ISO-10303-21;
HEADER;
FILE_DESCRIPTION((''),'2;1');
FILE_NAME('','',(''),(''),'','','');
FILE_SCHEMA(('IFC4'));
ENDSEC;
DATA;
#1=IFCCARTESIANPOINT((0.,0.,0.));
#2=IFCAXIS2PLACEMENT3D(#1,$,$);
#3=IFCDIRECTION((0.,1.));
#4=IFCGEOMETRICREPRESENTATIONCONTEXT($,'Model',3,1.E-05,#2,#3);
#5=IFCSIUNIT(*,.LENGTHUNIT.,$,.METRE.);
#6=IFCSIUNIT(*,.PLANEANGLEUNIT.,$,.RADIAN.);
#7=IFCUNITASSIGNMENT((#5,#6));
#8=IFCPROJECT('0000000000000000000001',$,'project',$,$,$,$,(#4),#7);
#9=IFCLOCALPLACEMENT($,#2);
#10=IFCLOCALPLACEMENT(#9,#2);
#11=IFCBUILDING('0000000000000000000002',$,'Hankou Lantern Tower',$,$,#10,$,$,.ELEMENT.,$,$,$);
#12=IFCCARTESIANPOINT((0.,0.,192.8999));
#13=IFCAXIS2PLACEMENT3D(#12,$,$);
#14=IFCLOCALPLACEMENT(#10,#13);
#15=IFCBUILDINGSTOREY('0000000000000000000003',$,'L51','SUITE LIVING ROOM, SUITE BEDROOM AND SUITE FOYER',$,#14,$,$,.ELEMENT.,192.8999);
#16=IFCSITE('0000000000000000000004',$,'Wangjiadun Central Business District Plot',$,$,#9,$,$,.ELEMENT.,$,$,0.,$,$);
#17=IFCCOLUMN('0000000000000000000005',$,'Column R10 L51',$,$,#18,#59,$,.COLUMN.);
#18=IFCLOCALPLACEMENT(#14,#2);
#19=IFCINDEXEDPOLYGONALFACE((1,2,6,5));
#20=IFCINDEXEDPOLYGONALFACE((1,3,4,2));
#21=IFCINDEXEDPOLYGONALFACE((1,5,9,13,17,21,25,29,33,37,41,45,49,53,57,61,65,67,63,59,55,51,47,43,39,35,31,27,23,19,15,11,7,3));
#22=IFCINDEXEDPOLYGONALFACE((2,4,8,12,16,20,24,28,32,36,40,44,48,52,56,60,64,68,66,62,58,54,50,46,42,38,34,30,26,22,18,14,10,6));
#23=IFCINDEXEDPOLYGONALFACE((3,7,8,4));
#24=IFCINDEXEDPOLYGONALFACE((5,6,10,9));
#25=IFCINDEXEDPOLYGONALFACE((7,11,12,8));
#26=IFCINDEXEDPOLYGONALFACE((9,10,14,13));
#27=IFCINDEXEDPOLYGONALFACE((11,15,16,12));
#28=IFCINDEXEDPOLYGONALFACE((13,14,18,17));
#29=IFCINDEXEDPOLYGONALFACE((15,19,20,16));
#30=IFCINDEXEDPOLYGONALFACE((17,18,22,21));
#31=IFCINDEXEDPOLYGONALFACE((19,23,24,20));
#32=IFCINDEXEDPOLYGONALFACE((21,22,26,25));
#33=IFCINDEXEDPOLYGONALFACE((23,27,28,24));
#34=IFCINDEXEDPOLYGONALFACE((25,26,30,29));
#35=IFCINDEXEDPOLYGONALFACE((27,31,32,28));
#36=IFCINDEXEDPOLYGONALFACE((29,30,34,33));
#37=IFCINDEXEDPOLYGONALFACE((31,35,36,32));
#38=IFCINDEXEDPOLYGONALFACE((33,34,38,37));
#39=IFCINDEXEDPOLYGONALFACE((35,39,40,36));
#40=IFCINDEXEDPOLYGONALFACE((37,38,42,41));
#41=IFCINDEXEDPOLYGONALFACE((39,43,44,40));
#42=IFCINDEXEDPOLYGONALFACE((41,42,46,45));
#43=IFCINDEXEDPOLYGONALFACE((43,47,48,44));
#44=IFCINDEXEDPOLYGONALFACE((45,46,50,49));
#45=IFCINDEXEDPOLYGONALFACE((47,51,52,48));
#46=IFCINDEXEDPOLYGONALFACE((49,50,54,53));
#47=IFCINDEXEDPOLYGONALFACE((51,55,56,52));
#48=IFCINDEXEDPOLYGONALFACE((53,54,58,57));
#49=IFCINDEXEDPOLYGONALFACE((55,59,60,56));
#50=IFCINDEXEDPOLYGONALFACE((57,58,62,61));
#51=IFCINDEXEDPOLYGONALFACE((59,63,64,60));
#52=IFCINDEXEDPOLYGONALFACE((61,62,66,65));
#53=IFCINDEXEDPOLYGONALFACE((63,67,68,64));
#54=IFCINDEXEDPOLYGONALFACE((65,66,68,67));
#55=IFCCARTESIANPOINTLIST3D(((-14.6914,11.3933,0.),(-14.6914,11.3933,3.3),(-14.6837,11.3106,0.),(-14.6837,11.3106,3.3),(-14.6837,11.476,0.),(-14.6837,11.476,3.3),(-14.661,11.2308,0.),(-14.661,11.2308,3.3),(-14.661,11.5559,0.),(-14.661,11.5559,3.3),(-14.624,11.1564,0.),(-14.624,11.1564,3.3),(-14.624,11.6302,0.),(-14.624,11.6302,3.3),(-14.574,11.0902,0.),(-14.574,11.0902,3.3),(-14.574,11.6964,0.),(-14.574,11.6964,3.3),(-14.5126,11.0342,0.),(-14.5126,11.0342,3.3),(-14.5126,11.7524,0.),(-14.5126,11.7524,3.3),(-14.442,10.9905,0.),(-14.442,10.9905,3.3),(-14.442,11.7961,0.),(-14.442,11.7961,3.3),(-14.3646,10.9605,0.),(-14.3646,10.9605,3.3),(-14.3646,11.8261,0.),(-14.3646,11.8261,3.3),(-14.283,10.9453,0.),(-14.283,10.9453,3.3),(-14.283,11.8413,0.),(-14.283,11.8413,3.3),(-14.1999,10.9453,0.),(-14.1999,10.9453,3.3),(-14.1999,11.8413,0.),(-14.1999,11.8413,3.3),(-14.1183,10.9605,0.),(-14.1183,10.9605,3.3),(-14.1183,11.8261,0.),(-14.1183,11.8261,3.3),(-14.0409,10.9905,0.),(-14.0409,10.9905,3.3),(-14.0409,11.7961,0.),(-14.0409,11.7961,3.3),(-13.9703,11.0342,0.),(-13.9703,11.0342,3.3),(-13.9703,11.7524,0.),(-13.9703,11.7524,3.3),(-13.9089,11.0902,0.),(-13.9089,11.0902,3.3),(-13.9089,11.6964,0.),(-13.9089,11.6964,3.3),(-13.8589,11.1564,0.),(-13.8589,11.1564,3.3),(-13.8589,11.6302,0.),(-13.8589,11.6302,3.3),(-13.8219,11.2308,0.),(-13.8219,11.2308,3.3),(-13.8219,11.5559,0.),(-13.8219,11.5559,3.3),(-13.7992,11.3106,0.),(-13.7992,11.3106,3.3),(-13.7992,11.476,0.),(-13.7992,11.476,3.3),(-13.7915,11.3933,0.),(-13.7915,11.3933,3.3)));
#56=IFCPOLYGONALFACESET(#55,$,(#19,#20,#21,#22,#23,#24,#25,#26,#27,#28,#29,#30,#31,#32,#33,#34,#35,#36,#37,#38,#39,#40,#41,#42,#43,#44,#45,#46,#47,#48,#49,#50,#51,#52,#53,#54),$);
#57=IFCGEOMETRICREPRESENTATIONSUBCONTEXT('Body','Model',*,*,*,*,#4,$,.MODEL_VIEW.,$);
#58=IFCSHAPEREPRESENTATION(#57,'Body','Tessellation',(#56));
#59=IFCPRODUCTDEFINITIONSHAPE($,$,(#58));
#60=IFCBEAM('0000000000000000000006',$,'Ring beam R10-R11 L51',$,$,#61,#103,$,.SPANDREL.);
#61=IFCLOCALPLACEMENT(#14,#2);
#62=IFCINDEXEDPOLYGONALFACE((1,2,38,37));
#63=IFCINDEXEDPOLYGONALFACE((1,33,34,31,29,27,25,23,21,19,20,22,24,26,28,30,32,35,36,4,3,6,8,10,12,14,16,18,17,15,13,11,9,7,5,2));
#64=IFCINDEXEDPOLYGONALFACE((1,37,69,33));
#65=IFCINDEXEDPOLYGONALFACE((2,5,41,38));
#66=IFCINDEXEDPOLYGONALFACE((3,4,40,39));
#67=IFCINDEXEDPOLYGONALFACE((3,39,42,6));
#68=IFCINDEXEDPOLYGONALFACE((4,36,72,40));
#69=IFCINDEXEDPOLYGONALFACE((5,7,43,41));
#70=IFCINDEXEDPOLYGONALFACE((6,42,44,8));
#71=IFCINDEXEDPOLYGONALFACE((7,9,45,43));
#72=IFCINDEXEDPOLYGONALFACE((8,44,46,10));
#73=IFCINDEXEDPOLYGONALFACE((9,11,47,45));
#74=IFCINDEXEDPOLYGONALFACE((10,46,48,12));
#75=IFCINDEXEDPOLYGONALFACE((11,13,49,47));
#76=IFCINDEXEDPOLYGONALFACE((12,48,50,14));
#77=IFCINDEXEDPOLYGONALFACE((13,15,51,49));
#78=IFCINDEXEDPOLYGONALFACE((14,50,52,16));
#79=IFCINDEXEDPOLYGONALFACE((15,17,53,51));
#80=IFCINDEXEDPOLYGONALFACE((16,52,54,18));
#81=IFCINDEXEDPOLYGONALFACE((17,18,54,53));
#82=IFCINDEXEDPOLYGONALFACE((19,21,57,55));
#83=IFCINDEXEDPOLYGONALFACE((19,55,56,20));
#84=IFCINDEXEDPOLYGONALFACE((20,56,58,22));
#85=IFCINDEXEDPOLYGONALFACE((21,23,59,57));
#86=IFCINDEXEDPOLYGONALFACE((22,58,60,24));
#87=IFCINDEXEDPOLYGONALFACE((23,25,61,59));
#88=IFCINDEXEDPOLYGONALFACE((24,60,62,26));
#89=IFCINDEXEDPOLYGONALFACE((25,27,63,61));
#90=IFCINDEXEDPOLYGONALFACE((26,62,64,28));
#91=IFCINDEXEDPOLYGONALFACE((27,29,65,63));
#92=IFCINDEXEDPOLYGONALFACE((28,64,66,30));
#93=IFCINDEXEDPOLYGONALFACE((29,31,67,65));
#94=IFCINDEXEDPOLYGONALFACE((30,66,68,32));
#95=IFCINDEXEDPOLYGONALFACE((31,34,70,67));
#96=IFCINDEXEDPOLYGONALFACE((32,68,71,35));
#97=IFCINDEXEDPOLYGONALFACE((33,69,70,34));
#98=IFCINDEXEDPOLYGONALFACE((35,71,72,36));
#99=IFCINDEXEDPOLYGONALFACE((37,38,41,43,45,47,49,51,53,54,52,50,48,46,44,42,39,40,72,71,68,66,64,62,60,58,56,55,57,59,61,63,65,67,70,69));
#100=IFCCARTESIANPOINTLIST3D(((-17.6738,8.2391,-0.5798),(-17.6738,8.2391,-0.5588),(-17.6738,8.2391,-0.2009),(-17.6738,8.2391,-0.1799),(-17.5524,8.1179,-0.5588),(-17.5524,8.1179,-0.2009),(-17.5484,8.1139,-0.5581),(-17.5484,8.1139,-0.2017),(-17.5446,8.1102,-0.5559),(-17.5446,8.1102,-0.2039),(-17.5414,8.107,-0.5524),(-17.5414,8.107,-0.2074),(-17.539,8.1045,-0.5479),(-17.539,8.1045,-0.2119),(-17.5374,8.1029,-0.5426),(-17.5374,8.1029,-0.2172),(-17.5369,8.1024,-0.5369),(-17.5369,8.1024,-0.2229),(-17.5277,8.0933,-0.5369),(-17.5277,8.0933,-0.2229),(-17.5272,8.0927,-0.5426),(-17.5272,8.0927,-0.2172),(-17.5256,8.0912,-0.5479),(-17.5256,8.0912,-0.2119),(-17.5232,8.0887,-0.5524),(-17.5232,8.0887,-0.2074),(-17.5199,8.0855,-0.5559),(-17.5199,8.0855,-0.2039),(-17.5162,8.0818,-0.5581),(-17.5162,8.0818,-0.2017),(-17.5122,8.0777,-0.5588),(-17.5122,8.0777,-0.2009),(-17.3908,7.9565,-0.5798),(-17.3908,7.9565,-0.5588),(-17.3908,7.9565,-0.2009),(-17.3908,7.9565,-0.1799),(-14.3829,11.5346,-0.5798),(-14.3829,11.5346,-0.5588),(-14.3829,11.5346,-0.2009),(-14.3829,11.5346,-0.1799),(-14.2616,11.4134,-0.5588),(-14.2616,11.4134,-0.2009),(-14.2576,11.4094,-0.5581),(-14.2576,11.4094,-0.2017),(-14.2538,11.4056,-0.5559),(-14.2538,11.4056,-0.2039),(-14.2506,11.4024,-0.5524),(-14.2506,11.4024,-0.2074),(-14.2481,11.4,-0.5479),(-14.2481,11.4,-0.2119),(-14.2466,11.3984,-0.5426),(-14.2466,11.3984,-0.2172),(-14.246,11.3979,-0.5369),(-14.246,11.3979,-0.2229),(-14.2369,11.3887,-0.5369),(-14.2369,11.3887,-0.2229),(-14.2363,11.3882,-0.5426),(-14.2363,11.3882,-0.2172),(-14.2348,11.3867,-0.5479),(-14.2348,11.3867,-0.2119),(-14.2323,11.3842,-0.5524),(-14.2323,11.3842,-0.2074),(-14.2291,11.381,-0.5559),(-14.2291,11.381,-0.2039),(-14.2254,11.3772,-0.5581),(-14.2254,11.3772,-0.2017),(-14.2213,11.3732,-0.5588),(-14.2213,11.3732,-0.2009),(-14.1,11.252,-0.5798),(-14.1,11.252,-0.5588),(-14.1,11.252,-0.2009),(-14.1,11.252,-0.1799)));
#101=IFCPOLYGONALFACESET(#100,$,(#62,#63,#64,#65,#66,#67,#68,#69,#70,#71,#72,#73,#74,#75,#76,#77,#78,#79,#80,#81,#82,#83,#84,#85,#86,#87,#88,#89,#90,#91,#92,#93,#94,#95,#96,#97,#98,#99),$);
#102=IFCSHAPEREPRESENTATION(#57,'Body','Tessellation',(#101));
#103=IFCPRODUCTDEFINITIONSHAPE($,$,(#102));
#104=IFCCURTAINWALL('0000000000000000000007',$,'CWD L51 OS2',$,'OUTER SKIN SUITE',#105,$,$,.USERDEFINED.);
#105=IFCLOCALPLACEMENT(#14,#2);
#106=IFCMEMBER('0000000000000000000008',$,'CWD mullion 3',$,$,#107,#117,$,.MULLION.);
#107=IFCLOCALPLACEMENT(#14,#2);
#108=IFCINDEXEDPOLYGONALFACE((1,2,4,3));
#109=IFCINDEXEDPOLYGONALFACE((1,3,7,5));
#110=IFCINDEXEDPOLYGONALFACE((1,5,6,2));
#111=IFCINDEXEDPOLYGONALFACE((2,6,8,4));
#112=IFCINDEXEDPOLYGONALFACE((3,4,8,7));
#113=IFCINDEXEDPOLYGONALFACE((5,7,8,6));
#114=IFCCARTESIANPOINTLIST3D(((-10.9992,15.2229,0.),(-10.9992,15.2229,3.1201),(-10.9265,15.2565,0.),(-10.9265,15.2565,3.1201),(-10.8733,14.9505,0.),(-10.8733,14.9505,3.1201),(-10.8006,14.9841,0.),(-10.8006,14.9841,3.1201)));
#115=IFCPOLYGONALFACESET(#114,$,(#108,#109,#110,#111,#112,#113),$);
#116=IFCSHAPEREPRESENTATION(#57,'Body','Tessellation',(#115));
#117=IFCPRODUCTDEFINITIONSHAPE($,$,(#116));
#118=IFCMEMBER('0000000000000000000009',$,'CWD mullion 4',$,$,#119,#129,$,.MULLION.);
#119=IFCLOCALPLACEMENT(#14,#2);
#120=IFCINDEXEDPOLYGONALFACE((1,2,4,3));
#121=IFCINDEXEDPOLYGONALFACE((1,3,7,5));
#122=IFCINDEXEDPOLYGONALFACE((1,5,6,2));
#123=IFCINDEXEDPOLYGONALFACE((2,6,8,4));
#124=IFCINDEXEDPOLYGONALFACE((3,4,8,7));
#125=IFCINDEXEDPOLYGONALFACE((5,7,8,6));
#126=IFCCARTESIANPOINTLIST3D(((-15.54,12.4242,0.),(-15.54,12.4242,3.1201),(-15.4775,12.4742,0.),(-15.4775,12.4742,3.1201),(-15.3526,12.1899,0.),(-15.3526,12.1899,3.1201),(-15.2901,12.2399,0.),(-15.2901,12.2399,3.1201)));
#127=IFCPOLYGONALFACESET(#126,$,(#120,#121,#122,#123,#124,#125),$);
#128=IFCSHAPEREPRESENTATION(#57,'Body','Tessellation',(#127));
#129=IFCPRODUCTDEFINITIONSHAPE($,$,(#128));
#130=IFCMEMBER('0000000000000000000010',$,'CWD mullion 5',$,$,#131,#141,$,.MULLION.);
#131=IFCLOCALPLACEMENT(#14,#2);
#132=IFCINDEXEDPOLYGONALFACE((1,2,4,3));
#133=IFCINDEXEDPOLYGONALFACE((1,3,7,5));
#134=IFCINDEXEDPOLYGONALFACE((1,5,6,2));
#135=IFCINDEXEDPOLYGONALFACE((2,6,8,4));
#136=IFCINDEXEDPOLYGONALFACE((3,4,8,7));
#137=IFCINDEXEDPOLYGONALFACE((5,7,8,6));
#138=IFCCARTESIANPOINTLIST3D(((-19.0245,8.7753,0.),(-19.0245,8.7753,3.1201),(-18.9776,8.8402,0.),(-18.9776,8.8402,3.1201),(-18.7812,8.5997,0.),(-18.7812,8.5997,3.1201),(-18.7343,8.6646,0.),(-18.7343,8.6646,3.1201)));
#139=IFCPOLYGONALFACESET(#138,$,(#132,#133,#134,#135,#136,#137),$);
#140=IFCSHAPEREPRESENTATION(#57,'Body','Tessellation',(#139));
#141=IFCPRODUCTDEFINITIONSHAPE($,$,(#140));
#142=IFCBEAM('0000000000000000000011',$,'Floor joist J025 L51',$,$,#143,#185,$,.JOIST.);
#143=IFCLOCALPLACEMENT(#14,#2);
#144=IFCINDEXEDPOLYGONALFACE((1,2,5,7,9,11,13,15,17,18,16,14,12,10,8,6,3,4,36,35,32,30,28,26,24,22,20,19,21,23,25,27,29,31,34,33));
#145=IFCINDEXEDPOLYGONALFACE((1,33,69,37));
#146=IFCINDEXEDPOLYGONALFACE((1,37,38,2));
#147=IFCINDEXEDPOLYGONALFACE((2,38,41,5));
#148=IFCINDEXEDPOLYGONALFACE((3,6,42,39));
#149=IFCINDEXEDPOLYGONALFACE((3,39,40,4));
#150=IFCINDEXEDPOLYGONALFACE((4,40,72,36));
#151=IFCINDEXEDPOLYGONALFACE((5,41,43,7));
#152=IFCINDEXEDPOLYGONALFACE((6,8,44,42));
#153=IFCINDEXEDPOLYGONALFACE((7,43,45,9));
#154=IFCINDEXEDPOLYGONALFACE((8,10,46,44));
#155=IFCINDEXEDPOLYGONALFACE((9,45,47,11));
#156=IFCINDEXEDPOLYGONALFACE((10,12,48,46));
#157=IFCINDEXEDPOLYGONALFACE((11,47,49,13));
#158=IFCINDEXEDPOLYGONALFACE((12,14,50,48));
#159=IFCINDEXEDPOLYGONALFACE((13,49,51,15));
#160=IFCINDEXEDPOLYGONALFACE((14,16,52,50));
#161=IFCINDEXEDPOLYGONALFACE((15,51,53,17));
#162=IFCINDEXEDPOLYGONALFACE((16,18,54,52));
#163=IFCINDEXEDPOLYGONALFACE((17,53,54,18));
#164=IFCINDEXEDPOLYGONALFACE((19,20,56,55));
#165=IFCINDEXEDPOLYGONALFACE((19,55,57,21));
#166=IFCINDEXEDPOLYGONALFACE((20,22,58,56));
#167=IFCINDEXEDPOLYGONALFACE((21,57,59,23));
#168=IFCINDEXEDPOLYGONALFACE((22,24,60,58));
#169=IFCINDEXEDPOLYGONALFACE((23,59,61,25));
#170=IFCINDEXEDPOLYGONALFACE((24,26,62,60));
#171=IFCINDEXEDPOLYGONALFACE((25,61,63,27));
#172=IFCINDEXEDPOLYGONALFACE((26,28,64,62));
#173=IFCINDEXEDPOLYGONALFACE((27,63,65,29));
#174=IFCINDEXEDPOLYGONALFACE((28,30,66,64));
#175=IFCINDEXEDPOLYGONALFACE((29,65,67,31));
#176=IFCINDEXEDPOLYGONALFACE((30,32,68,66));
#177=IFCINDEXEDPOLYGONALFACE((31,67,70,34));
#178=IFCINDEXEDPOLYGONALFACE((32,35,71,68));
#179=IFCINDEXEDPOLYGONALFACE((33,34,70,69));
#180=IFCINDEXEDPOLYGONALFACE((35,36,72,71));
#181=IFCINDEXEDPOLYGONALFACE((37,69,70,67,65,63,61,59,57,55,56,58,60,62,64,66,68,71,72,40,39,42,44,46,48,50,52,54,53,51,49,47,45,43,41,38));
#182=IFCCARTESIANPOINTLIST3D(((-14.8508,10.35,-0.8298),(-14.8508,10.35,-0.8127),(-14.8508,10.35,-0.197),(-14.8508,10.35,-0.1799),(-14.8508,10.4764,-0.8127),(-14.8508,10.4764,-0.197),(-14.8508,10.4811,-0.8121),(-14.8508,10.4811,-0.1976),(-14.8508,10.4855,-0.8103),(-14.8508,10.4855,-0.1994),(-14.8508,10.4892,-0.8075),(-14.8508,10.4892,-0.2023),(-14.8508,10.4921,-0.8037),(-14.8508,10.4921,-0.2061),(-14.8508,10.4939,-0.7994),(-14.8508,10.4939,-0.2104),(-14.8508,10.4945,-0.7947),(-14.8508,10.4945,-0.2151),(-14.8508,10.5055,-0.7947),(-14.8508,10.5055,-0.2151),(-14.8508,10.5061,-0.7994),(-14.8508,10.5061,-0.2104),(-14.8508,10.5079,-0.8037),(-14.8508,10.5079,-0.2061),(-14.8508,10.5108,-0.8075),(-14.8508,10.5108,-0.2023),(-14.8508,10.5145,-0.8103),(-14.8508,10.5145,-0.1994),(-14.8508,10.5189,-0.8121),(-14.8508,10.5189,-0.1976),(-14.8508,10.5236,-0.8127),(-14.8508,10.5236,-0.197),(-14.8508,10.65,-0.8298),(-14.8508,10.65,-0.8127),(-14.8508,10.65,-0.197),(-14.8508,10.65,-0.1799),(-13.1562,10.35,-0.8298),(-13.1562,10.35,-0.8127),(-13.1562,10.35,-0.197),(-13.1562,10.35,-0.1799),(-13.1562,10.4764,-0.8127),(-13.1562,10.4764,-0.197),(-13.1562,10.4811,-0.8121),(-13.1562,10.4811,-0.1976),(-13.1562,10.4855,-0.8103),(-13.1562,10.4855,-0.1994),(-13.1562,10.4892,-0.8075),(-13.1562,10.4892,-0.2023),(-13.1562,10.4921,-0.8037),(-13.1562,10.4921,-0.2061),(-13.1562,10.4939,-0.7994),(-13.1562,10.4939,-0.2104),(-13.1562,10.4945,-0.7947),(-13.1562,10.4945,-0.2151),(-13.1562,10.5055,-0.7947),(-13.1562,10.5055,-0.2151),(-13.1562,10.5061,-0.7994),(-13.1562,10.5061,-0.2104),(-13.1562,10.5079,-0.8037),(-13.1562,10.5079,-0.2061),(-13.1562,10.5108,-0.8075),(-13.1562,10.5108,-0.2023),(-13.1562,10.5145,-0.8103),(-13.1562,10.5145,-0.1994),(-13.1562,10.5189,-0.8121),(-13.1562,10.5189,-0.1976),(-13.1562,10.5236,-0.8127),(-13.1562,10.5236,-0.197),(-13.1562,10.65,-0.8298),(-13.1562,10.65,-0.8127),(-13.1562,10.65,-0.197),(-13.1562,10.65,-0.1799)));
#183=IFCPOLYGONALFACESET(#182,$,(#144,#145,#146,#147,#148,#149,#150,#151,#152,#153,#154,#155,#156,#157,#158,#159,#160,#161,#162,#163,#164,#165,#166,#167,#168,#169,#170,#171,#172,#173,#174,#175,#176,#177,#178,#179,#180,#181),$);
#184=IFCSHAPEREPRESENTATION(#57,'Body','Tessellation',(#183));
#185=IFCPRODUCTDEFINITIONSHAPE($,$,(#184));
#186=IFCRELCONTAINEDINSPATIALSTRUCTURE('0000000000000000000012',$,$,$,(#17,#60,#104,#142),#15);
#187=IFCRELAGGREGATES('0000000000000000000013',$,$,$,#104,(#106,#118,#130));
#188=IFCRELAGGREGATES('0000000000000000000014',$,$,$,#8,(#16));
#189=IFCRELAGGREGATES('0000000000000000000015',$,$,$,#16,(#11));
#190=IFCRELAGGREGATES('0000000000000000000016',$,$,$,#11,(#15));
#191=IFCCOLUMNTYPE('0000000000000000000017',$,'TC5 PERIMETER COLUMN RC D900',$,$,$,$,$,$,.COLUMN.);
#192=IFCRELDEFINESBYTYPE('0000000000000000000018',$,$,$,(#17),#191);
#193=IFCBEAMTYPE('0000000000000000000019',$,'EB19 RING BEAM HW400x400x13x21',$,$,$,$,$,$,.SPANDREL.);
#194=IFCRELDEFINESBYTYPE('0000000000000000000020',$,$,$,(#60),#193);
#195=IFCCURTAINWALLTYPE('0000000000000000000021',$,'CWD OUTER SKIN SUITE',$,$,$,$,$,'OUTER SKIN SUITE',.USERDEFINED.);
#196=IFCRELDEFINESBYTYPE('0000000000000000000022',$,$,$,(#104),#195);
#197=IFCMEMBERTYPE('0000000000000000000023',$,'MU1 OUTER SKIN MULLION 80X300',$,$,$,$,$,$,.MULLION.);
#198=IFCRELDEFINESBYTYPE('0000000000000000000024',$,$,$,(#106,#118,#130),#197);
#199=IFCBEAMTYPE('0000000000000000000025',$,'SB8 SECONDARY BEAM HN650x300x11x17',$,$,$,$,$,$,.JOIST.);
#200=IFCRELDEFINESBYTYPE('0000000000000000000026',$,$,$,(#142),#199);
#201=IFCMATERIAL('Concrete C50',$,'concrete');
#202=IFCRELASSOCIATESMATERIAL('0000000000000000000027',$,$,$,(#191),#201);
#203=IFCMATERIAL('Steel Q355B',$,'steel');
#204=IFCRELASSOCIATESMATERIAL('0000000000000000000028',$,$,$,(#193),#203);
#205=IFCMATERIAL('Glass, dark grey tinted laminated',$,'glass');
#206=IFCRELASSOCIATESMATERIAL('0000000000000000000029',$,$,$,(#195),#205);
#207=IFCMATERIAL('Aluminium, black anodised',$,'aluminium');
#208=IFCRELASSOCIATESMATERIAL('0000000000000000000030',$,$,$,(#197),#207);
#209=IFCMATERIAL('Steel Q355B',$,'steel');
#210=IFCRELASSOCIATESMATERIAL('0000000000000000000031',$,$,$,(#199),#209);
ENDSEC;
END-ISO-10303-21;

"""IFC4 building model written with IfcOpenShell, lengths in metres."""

from ifc_helpers import new_model, si_unit, direction, frame, origin, origin_2d, place, context, subcontext, project, spatial, rectangle, circle, i_section, extrude, material, material_profile, profile_set, type_object, element, aggregate, save


model = new_model("IFC4")

# Units and contexts
model_context = context("Model", 3, precision=1e-05, world=origin(), true_north=direction((0.0, 1.0)))
body_context = subcontext(model_context, "Body", "Model", "MODEL_VIEW")
ifc_project = project(units=[si_unit("LENGTHUNIT", "METRE"), si_unit("PLANEANGLEUNIT", "RADIAN")], contexts=[model_context])

# Site, building, storey
site_placement = place(None, origin())
site = spatial("IfcSite", under=ifc_project, at=site_placement, Name="Wangjiadun Central Business District Plot", CompositionType="ELEMENT", RefElevation=0.0)
building_placement = place(site_placement, origin())
building = spatial("IfcBuilding", under=site, at=building_placement, Name="Hankou Lantern Tower", CompositionType="ELEMENT")
storey_placement = place(building_placement, frame((0.0, 0.0, 192.8999)))
storey = spatial("IfcBuildingStorey", under=building, at=storey_placement, Name="L51", Description="SUITE LIVING ROOM, SUITE BEDROOM AND SUITE FOYER", CompositionType="ELEMENT", Elevation=192.8999)

# Column
ifc_material_1 = material(Name="Concrete C50", Category="concrete")
ifc_material_profile_1 = material_profile(ifc_material_1, circle(Radius=0.45, at=origin_2d()), Name="RC D900")
ifc_profile_set_1 = profile_set([ifc_material_profile_1], Name="Concrete C50")
column_type = type_object("IfcColumnType", Name="TC5 PERIMETER COLUMN RC D900", PredefinedType="COLUMN", material=ifc_profile_set_1)
column_placement = place(storey_placement, frame((-14.2415, 11.3933, 0.0), z_axis=(0.0, 0.0, 1.0), x_axis=(1.0, 0.0, 0.0)))
element("IfcColumn", 1, at=column_placement, inside=storey, type_object=column_type, Name="Column R10 L51", PredefinedType="COLUMN", context=body_context, shape_type="SweptSolid", body=[
    extrude(circle(Radius=0.45, at=origin_2d()), origin(), (0.0, 0.0, 1.0), 3.3),
])

# Beam
ifc_material_2 = material(Name="Steel Q355B", Category="steel")
ifc_material_profile_2 = material_profile(ifc_material_2, i_section(OverallWidth=0.3999, OverallDepth=0.3999, WebThickness=0.0129, FlangeThickness=0.021, FilletRadius=0.022, at=origin_2d()), Name="HW400x400x13x21")
ifc_profile_set_2 = profile_set([ifc_material_profile_2], Name="Steel Q355B")
beam_type_1 = type_object("IfcBeamType", Name="EB19 RING BEAM HW400x400x13x21", PredefinedType="SPANDREL", material=ifc_profile_set_2)
beam_1_placement = place(storey_placement, frame((-14.2415, 11.3933, -0.3799), z_axis=(-0.706609, -0.707605, 0.0), x_axis=(0.707605, -0.706609, 0.0)))
element("IfcBeam", 2, at=beam_1_placement, inside=storey, type_object=beam_type_1, Name="Ring beam R10-R11 L51", PredefinedType="SPANDREL", context=body_context, shape_type="SweptSolid", body=[
    extrude(i_section(OverallWidth=0.3999, OverallDepth=0.3999, WebThickness=0.0129, FlangeThickness=0.021, FilletRadius=0.022, at=origin_2d()), origin(), (0.0, 0.0, 1.0), 4.6572),
])

# Curtain wall, members
ifc_material_3 = material(Name="Glass, dark grey tinted laminated", Category="glass")
curtain_wall_type = type_object("IfcCurtainWallType", Name="CWD OUTER SKIN SUITE", ElementType="OUTER SKIN SUITE", PredefinedType="USERDEFINED", material=ifc_material_3)
curtain_wall_placement = place(storey_placement, origin())
curtain_wall = element("IfcCurtainWall", 3, at=curtain_wall_placement, inside=storey, type_object=curtain_wall_type, Name="CWD L51 OS2", ObjectType="OUTER SKIN SUITE", PredefinedType="USERDEFINED")
ifc_material_4 = material(Name="Aluminium, black anodised", Category="aluminium")
ifc_material_profile_3 = material_profile(ifc_material_4, rectangle(XDim=0.0801, YDim=0.3, at=origin_2d()), Name="MU1 80X300")
ifc_profile_set_3 = profile_set([ifc_material_profile_3], Name="Aluminium, black anodised")
member_type_1 = type_object("IfcMemberType", Name="MU1 OUTER SKIN MULLION 80X300", PredefinedType="MULLION", material=ifc_profile_set_3)
member_1_placement = place(storey_placement, frame((-10.8999, 15.1035, 0.0), z_axis=(0.0, 0.0, 1.0), x_axis=(-0.907841, -0.419314, 0.0)))
member_1 = element("IfcMember", 4, at=member_1_placement, type_object=member_type_1, Name="CWD mullion 3", PredefinedType="MULLION", context=body_context, shape_type="SweptSolid", body=[
    extrude(rectangle(XDim=0.0801, YDim=0.3, at=origin_2d()), origin(), (0.0, 0.0, 1.0), 3.1201),
])
member_2_placement = place(storey_placement, frame((-15.415, 12.332, 0.0), z_axis=(0.0, 0.0, 1.0), x_axis=(-0.780869, -0.624695, 0.0)))
member_2 = element("IfcMember", 5, at=member_2_placement, type_object=member_type_1, Name="CWD mullion 4", PredefinedType="MULLION", context=body_context, shape_type="SweptSolid", body=[
    extrude(rectangle(XDim=0.0801, YDim=0.3, at=origin_2d()), origin(), (0.0, 0.0, 1.0), 3.1201),
])
member_3_placement = place(storey_placement, frame((-18.8794, 8.72, 0.0), z_axis=(0.0, 0.0, 1.0), x_axis=(-0.585206, -0.810885, 0.0)))
member_3 = element("IfcMember", 6, at=member_3_placement, type_object=member_type_1, Name="CWD mullion 5", PredefinedType="MULLION", context=body_context, shape_type="SweptSolid", body=[
    extrude(rectangle(XDim=0.0801, YDim=0.3, at=origin_2d()), origin(), (0.0, 0.0, 1.0), 3.1201),
])

# Beam
ifc_material_5 = material(Name="Steel Q355B", Category="steel")
ifc_material_profile_4 = material_profile(ifc_material_5, i_section(OverallWidth=0.3, OverallDepth=0.6499, WebThickness=0.011, FlangeThickness=0.0171, FilletRadius=0.0181, at=origin_2d()), Name="HN650x300x11x17")
ifc_profile_set_4 = profile_set([ifc_material_profile_4], Name="Steel Q355B")
beam_type_2 = type_object("IfcBeamType", Name="SB8 SECONDARY BEAM HN650x300x11x17", PredefinedType="JOIST", material=ifc_profile_set_4)
beam_2_placement = place(storey_placement, frame((-14.8508, 10.5, -0.5049), z_axis=(1.0, 0.0, 0.0), x_axis=(0.0, 1.0, 0.0)))
element("IfcBeam", 7, at=beam_2_placement, inside=storey, type_object=beam_type_2, Name="Floor joist J025 L51", PredefinedType="JOIST", context=body_context, shape_type="SweptSolid", body=[
    extrude(i_section(OverallWidth=0.3, OverallDepth=0.6499, WebThickness=0.011, FlangeThickness=0.0171, FilletRadius=0.0181, at=origin_2d()), origin(), (0.0, 0.0, 1.0), 1.6946),
])

aggregate(curtain_wall, [member_1, member_2, member_3])

save(model, "model.ifc")
